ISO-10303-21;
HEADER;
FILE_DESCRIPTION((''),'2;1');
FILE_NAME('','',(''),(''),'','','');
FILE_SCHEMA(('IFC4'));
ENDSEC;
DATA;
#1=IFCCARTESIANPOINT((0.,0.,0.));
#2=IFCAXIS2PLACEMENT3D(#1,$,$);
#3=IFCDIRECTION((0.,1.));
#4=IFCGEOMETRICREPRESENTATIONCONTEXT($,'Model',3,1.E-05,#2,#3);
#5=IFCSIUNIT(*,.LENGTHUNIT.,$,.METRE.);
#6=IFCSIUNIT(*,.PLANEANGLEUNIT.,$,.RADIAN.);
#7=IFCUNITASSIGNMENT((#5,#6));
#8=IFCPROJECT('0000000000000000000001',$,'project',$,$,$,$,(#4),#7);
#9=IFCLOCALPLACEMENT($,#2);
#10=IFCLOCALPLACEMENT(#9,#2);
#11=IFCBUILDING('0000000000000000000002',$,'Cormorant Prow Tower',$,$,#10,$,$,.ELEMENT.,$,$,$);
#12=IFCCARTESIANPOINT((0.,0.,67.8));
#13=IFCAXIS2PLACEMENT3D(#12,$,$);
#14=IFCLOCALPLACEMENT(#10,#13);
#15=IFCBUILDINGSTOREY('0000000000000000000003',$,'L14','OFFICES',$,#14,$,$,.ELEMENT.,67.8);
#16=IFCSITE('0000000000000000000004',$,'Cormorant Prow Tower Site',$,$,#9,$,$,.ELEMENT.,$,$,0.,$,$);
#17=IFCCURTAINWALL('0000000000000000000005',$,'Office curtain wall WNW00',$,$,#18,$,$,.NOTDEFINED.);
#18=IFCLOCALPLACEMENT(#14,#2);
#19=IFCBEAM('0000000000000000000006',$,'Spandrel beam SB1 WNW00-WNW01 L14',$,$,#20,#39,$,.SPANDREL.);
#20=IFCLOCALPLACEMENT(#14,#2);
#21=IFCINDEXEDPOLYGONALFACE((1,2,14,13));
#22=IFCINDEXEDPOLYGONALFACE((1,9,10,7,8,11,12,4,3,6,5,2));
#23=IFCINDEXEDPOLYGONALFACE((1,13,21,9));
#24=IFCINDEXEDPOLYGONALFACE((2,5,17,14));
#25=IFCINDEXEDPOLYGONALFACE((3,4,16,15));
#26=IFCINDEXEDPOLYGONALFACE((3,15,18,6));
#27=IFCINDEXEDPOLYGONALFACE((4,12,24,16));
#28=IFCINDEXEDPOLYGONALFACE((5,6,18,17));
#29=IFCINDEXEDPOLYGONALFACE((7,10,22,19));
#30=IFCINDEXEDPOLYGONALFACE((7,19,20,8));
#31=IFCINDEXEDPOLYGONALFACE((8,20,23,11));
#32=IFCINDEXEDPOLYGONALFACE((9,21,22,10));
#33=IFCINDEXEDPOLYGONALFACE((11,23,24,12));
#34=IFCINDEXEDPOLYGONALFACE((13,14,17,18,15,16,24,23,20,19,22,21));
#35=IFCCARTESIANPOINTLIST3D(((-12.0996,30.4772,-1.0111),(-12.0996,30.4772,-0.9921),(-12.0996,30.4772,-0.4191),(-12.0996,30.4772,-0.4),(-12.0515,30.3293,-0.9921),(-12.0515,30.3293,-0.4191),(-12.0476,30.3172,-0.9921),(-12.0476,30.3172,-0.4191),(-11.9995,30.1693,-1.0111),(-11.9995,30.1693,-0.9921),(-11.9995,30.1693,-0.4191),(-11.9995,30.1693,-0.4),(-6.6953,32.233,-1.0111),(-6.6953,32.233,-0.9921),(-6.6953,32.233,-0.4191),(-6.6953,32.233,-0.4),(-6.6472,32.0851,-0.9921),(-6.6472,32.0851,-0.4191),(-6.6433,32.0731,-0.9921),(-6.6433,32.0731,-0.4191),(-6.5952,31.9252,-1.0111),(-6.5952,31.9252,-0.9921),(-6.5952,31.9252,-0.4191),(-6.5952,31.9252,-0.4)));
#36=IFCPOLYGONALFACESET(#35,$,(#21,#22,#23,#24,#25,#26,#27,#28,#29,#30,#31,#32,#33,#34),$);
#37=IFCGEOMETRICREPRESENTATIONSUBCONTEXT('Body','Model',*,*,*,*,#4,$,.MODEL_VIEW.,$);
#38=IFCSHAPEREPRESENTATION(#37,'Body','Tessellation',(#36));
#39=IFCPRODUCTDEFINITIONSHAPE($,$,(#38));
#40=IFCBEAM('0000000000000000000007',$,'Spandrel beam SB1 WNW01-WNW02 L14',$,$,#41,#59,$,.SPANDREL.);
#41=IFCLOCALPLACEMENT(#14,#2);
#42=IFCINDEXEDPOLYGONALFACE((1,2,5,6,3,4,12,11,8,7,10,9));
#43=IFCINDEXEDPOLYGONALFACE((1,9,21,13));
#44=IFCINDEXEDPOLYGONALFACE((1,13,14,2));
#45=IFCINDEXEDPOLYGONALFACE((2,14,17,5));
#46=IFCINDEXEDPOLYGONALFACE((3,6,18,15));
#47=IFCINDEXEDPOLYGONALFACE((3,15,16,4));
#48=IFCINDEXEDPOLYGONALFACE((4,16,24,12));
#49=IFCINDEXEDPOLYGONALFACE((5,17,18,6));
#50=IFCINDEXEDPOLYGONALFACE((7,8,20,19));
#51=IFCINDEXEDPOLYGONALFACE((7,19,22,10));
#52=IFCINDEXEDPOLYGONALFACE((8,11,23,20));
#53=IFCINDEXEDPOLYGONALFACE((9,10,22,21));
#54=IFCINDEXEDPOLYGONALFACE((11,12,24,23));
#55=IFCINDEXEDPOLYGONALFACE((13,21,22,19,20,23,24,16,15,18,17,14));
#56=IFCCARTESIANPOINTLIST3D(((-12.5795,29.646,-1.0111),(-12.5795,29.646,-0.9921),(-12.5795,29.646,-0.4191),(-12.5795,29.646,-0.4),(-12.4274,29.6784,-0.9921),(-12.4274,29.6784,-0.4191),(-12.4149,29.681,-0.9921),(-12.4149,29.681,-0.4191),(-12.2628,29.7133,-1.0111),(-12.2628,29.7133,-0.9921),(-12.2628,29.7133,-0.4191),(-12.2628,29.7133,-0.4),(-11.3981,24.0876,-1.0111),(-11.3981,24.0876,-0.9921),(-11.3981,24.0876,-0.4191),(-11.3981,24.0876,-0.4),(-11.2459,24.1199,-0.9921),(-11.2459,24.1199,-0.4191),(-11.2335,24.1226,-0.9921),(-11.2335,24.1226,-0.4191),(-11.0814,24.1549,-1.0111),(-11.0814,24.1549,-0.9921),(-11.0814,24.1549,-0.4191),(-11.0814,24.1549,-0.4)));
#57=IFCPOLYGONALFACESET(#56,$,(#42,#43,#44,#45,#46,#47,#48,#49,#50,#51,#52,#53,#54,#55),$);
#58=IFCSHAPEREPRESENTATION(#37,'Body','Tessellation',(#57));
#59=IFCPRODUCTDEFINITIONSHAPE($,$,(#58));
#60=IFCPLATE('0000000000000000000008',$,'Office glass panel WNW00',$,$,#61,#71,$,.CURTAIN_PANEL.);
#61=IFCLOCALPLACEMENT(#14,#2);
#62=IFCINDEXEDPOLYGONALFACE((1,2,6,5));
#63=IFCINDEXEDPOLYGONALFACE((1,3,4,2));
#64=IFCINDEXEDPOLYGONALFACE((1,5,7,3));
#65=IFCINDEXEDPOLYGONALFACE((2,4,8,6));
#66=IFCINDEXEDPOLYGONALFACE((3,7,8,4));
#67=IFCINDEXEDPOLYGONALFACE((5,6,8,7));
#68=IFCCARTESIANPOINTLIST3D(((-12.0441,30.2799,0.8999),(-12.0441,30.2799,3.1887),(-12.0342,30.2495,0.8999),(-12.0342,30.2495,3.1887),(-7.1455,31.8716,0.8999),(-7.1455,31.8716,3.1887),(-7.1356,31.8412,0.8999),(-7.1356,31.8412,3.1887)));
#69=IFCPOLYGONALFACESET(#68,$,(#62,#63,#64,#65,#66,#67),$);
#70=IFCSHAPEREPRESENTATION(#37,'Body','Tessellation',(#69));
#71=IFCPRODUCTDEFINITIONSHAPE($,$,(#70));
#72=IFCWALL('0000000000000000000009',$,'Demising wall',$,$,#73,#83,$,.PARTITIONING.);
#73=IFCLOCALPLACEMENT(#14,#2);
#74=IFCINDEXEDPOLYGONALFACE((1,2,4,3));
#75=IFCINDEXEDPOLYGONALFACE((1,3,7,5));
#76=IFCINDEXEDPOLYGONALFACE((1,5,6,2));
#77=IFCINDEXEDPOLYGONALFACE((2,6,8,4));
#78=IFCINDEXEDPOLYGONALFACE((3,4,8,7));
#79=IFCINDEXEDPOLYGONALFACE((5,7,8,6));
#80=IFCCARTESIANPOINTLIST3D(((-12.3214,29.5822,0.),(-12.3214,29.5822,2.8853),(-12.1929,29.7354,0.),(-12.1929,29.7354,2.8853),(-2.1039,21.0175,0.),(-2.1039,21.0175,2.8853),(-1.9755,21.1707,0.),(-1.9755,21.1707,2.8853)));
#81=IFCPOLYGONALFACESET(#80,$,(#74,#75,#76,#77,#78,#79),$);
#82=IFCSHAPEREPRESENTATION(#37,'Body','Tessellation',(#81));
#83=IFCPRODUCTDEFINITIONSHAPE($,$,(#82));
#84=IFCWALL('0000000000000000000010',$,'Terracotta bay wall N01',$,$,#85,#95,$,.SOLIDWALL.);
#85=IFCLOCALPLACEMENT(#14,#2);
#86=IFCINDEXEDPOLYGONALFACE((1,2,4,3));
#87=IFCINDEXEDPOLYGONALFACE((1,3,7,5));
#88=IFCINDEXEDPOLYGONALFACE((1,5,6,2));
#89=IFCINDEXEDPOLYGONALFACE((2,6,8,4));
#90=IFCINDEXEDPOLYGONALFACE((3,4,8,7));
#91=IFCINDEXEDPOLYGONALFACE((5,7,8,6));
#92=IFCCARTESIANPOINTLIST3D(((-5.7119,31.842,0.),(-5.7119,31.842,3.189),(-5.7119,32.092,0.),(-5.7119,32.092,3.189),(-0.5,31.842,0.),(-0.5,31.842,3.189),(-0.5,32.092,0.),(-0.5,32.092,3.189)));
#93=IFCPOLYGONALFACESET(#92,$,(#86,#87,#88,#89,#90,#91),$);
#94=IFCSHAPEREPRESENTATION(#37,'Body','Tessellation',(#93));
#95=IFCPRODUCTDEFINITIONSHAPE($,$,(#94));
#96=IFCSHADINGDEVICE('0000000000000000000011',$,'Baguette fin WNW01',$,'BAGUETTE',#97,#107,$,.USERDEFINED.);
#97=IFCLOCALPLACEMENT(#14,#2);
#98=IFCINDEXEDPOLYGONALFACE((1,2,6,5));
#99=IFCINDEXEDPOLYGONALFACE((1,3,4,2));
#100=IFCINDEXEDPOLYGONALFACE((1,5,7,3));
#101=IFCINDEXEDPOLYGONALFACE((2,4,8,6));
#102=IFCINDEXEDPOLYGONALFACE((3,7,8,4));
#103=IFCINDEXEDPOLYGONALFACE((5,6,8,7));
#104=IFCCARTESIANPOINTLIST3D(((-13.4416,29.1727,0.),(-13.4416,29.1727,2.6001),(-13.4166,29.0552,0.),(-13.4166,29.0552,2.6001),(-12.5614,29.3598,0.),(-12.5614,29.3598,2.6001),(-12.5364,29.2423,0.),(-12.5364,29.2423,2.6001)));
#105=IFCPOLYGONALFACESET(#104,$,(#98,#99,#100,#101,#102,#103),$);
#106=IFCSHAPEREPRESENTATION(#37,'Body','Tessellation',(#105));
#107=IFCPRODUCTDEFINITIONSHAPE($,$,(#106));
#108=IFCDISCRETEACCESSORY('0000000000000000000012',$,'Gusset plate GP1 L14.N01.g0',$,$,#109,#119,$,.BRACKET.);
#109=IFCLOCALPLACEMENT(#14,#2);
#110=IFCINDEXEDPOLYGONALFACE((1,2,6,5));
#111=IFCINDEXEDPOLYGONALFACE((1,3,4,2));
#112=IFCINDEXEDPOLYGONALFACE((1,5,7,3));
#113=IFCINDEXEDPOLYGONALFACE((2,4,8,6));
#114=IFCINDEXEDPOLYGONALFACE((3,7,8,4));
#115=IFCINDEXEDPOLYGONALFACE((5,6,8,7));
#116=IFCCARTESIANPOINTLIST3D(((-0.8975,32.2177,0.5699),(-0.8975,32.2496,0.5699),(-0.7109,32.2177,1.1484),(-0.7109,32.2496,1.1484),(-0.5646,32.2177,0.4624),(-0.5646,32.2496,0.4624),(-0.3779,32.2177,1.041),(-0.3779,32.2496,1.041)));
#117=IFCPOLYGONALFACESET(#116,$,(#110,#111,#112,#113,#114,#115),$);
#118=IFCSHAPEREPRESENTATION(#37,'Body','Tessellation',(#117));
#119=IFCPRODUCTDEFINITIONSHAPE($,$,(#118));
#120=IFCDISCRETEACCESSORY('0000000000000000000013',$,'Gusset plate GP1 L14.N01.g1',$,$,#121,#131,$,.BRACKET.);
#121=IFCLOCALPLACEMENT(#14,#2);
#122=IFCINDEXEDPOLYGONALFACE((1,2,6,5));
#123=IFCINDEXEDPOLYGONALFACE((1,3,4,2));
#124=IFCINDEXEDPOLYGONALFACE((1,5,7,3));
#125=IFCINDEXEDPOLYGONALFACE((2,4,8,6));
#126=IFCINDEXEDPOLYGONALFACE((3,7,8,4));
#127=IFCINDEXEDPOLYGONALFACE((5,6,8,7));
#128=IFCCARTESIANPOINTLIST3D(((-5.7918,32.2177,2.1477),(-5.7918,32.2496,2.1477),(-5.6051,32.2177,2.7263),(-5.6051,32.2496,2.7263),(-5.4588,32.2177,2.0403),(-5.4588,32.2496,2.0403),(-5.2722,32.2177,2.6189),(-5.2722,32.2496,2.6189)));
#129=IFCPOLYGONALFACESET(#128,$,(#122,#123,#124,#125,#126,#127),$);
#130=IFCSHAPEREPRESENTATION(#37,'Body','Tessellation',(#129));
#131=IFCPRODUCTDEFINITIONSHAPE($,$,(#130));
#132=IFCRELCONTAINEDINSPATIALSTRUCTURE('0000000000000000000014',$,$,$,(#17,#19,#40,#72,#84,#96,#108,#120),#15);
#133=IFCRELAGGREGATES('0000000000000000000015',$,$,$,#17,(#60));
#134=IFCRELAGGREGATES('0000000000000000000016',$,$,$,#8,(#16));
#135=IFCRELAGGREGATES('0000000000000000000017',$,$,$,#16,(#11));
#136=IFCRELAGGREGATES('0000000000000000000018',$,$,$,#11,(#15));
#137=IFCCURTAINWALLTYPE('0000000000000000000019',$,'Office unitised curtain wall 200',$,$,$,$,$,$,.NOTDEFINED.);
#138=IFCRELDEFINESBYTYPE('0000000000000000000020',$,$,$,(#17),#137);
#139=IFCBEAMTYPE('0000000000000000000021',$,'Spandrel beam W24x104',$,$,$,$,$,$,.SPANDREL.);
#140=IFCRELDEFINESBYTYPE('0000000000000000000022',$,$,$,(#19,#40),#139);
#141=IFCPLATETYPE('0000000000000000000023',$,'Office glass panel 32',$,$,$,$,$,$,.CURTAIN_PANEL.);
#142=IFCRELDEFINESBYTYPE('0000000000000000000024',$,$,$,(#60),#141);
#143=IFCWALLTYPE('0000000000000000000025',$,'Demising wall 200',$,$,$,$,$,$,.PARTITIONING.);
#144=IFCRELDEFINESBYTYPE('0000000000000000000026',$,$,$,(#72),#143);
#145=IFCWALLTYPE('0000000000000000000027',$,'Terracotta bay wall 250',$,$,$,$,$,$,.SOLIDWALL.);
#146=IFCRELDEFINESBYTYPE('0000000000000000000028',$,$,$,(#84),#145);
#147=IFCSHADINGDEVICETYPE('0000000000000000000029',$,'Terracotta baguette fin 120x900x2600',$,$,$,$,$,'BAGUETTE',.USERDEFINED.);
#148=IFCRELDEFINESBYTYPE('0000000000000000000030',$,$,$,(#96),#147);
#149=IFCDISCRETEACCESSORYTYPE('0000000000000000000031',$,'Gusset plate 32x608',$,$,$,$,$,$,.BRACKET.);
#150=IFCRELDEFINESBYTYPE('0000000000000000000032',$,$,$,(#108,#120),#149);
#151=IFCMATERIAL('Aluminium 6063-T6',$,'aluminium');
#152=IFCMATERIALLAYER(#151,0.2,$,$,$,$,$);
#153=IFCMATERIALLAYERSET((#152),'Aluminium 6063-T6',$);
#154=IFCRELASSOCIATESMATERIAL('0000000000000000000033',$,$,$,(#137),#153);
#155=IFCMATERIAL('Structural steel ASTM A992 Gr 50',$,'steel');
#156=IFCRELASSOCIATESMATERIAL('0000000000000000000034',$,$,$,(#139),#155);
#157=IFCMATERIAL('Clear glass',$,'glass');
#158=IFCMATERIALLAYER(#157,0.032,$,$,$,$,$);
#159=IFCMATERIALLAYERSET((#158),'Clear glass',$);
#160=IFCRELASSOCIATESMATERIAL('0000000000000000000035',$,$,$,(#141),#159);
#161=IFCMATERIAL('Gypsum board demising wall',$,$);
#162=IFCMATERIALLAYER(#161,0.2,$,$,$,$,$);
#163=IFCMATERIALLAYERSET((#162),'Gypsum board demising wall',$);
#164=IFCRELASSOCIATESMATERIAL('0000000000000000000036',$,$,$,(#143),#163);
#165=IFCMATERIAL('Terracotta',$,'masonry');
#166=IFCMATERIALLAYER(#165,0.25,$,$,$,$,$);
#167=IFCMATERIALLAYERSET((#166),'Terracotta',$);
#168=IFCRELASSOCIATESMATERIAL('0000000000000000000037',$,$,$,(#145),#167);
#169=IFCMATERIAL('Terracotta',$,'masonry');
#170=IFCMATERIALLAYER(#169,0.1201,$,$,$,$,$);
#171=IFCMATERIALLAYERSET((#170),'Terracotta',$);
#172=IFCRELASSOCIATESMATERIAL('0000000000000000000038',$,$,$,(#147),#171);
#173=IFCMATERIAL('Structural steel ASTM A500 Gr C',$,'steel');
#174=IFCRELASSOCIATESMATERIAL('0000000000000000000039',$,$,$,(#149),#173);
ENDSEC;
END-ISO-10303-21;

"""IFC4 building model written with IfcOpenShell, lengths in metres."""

from ifc_helpers import new_model, si_unit, direction, frame, frame_2d, origin, origin_2d, place, context, subcontext, project, spatial, rectangle, i_section, extrude, material, layer, layer_set, material_profile, profile_set, type_object, element, aggregate, save


model = new_model("IFC4")

# Units and contexts
model_context = context("Model", 3, precision=1e-05, world=origin(), true_north=direction((0.0, 1.0)))
body_context = subcontext(model_context, "Body", "Model", "MODEL_VIEW")
ifc_project = project(units=[si_unit("LENGTHUNIT", "METRE"), si_unit("PLANEANGLEUNIT", "RADIAN")], contexts=[model_context])

# Site, building, storey
site_placement = place(None, origin())
site = spatial("IfcSite", under=ifc_project, at=site_placement, Name="Cormorant Prow Tower Site", CompositionType="ELEMENT", RefElevation=0.0)
building_placement = place(site_placement, origin())
building = spatial("IfcBuilding", under=site, at=building_placement, Name="Cormorant Prow Tower", CompositionType="ELEMENT")
storey_placement = place(building_placement, frame((0.0, 0.0, 67.8)))
storey = spatial("IfcBuildingStorey", under=building, at=storey_placement, Name="L14", Description="OFFICES", CompositionType="ELEMENT", Elevation=67.8)

# Curtain wall
ifc_material_1 = material(Name="Aluminium 6063-T6", Category="aluminium")
ifc_layer_1 = layer(ifc_material_1, 0.2)
ifc_layer_set_1 = layer_set([ifc_layer_1], Name="Aluminium 6063-T6")
curtain_wall_type = type_object("IfcCurtainWallType", Name="Office unitised curtain wall 200", PredefinedType="NOTDEFINED", material=ifc_layer_set_1)
curtain_wall_placement = place(storey_placement, origin())
curtain_wall = element("IfcCurtainWall", 1, at=curtain_wall_placement, inside=storey, type_object=curtain_wall_type, Name="Office curtain wall WNW00", PredefinedType="NOTDEFINED")

# Beams
ifc_material_2 = material(Name="Structural steel ASTM A992 Gr 50", Category="steel")
ifc_material_profile_1 = material_profile(ifc_material_2, i_section(OverallWidth=0.3237, OverallDepth=0.6111, WebThickness=0.0127, FlangeThickness=0.019, at=origin_2d()), Name="W24x104")
ifc_profile_set_1 = profile_set([ifc_material_profile_1], Name="Structural steel ASTM A992 Gr 50")
beam_type_1 = type_object("IfcBeamType", Name="Spandrel beam W24x104", PredefinedType="SPANDREL", material=ifc_profile_set_1)
beam_1_placement = place(storey_placement, frame((-6.6453, 32.0791, -0.7056), z_axis=(-0.951062, -0.309001, 0.0), x_axis=(0.309001, -0.951062, 0.0)))
element("IfcBeam", 2, at=beam_1_placement, inside=storey, type_object=beam_type_1, Name="Spandrel beam SB1 WNW00-WNW01 L14", PredefinedType="SPANDREL", context=body_context, shape_type="SweptSolid", body=[
    extrude(i_section(OverallWidth=0.3237, OverallDepth=0.6111, WebThickness=0.0127, FlangeThickness=0.019, at=origin_2d()), origin(), (0.0, 0.0, 1.0), 5.6824),
])
beam_2_placement = place(storey_placement, frame((-12.4211, 29.6797, -0.7056), z_axis=(0.2079, -0.97815, 0.0), x_axis=(0.97815, 0.2079, 0.0)))
element("IfcBeam", 3, at=beam_2_placement, inside=storey, type_object=beam_type_1, Name="Spandrel beam SB1 WNW01-WNW02 L14", PredefinedType="SPANDREL", context=body_context, shape_type="SweptSolid", body=[
    extrude(i_section(OverallWidth=0.3237, OverallDepth=0.6111, WebThickness=0.0127, FlangeThickness=0.019, at=origin_2d()), origin(), (0.0, 0.0, 1.0), 5.6826),
])

# Plate
ifc_material_3 = material(Name="Clear glass", Category="glass")
ifc_layer_2 = layer(ifc_material_3, 0.032)
ifc_layer_set_2 = layer_set([ifc_layer_2], Name="Clear glass")
plate_type = type_object("IfcPlateType", Name="Office glass panel 32", PredefinedType="CURTAIN_PANEL", material=ifc_layer_set_2)
plate_placement = place(storey_placement, frame((-9.5898, 31.0605, 0.8999), z_axis=(0.0, 0.0, 1.0), x_axis=(-0.951057, -0.309017, 0.0)))
plate = element("IfcPlate", 4, at=plate_placement, type_object=plate_type, Name="Office glass panel WNW00", PredefinedType="CURTAIN_PANEL", context=body_context, shape_type="SweptSolid", body=[
    extrude(rectangle(XDim=5.1506, YDim=0.032, at=origin_2d()), origin(), (0.0, 0.0, 1.0), 2.2888),
])
aggregate(curtain_wall, [plate])

# Walls
ifc_material_4 = material(Name="Gypsum board demising wall")
ifc_layer_3 = layer(ifc_material_4, 0.2)
ifc_layer_set_3 = layer_set([ifc_layer_3], Name="Gypsum board demising wall")
wall_type_1 = type_object("IfcWallType", Name="Demising wall 200", PredefinedType="PARTITIONING", material=ifc_layer_set_3)
wall_1_placement = place(storey_placement, frame((-12.2571, 29.6587, 0.0), z_axis=(0.0, 0.0, 1.0), x_axis=(0.76637, -0.642399, 0.0)))
element("IfcWall", 5, at=wall_1_placement, inside=storey, type_object=wall_type_1, Name="Demising wall", PredefinedType="PARTITIONING", context=body_context, shape_type="SweptSolid", body=[
    extrude(rectangle(XDim=13.3323, YDim=0.2, at=frame_2d((6.666, 0.0))), origin(), (0.0, 0.0, 1.0), 2.8853),
])
ifc_material_5 = material(Name="Terracotta", Category="masonry")
ifc_layer_4 = layer(ifc_material_5, 0.25)
ifc_layer_set_4 = layer_set([ifc_layer_4], Name="Terracotta")
wall_type_2 = type_object("IfcWallType", Name="Terracotta bay wall 250", PredefinedType="SOLIDWALL", material=ifc_layer_set_4)
wall_2_placement = place(storey_placement, frame((-0.5, 31.967, 0.0), z_axis=(0.0, 0.0, 1.0), x_axis=(-1.0, 0.0, 0.0)))
element("IfcWall", 6, at=wall_2_placement, inside=storey, type_object=wall_type_2, Name="Terracotta bay wall N01", PredefinedType="SOLIDWALL", context=body_context, shape_type="SweptSolid", body=[
    extrude(rectangle(XDim=5.2119, YDim=0.25, at=frame_2d((2.606, 0.0))), origin(), (0.0, 0.0, 1.0), 3.189),
])

# Shading device
ifc_material_6 = material(Name="Terracotta", Category="masonry")
ifc_layer_5 = layer(ifc_material_6, 0.1201)
ifc_layer_set_5 = layer_set([ifc_layer_5], Name="Terracotta")
shading_device_type = type_object("IfcShadingDeviceType", Name="Terracotta baguette fin 120x900x2600", ElementType="BAGUETTE", PredefinedType="USERDEFINED", material=ifc_layer_set_5)
shading_device_placement = place(storey_placement, frame((-12.989, 29.2075, 0.0), z_axis=(0.0, 0.0, 1.0), x_axis=(0.207912, -0.978148, 0.0)))
element("IfcShadingDevice", 7, at=shading_device_placement, inside=storey, type_object=shading_device_type, Name="Baguette fin WNW01", ObjectType="BAGUETTE", PredefinedType="USERDEFINED", context=body_context, shape_type="SweptSolid", body=[
    extrude(rectangle(XDim=0.1201, YDim=0.8999, at=origin_2d()), origin(), (0.0, 0.0, 1.0), 2.6001),
])

# Discrete accessories
ifc_material_7 = material(Name="Structural steel ASTM A500 Gr C", Category="steel")
ifc_material_profile_2 = material_profile(ifc_material_7, rectangle(XDim=0.032, YDim=0.6079, at=origin_2d()), Name="Gusset plate 32x608")
ifc_profile_set_2 = profile_set([ifc_material_profile_2], Name="Structural steel ASTM A500 Gr C")
discrete_accessory_type = type_object("IfcDiscreteAccessoryType", Name="Gusset plate 32x608", PredefinedType="BRACKET", material=ifc_profile_set_2)
for number, where, z_axis, x_axis, name in (
    (8, (-0.8042, 32.2336, 0.8591), (0.951709, 0.0, -0.307003), (0.0, 1.0, 0.0), "Gusset plate GP1 L14.N01.g0"),
    (9, (-5.3655, 32.2336, 2.3296), (-0.951709, 0.0, 0.307003), (0.0, -1.0, 0.0), "Gusset plate GP1 L14.N01.g1"),
):
    element("IfcDiscreteAccessory", number, at=place(storey_placement, frame(where, z_axis=z_axis, x_axis=x_axis)), inside=storey, type_object=discrete_accessory_type, Name=name, PredefinedType="BRACKET", context=body_context, shape_type="SweptSolid", body=[
        extrude(rectangle(XDim=0.032, YDim=0.6079, at=origin_2d()), origin(), (0.0, 0.0, 1.0), 0.3499),
    ])

save(model, "model.ifc")
